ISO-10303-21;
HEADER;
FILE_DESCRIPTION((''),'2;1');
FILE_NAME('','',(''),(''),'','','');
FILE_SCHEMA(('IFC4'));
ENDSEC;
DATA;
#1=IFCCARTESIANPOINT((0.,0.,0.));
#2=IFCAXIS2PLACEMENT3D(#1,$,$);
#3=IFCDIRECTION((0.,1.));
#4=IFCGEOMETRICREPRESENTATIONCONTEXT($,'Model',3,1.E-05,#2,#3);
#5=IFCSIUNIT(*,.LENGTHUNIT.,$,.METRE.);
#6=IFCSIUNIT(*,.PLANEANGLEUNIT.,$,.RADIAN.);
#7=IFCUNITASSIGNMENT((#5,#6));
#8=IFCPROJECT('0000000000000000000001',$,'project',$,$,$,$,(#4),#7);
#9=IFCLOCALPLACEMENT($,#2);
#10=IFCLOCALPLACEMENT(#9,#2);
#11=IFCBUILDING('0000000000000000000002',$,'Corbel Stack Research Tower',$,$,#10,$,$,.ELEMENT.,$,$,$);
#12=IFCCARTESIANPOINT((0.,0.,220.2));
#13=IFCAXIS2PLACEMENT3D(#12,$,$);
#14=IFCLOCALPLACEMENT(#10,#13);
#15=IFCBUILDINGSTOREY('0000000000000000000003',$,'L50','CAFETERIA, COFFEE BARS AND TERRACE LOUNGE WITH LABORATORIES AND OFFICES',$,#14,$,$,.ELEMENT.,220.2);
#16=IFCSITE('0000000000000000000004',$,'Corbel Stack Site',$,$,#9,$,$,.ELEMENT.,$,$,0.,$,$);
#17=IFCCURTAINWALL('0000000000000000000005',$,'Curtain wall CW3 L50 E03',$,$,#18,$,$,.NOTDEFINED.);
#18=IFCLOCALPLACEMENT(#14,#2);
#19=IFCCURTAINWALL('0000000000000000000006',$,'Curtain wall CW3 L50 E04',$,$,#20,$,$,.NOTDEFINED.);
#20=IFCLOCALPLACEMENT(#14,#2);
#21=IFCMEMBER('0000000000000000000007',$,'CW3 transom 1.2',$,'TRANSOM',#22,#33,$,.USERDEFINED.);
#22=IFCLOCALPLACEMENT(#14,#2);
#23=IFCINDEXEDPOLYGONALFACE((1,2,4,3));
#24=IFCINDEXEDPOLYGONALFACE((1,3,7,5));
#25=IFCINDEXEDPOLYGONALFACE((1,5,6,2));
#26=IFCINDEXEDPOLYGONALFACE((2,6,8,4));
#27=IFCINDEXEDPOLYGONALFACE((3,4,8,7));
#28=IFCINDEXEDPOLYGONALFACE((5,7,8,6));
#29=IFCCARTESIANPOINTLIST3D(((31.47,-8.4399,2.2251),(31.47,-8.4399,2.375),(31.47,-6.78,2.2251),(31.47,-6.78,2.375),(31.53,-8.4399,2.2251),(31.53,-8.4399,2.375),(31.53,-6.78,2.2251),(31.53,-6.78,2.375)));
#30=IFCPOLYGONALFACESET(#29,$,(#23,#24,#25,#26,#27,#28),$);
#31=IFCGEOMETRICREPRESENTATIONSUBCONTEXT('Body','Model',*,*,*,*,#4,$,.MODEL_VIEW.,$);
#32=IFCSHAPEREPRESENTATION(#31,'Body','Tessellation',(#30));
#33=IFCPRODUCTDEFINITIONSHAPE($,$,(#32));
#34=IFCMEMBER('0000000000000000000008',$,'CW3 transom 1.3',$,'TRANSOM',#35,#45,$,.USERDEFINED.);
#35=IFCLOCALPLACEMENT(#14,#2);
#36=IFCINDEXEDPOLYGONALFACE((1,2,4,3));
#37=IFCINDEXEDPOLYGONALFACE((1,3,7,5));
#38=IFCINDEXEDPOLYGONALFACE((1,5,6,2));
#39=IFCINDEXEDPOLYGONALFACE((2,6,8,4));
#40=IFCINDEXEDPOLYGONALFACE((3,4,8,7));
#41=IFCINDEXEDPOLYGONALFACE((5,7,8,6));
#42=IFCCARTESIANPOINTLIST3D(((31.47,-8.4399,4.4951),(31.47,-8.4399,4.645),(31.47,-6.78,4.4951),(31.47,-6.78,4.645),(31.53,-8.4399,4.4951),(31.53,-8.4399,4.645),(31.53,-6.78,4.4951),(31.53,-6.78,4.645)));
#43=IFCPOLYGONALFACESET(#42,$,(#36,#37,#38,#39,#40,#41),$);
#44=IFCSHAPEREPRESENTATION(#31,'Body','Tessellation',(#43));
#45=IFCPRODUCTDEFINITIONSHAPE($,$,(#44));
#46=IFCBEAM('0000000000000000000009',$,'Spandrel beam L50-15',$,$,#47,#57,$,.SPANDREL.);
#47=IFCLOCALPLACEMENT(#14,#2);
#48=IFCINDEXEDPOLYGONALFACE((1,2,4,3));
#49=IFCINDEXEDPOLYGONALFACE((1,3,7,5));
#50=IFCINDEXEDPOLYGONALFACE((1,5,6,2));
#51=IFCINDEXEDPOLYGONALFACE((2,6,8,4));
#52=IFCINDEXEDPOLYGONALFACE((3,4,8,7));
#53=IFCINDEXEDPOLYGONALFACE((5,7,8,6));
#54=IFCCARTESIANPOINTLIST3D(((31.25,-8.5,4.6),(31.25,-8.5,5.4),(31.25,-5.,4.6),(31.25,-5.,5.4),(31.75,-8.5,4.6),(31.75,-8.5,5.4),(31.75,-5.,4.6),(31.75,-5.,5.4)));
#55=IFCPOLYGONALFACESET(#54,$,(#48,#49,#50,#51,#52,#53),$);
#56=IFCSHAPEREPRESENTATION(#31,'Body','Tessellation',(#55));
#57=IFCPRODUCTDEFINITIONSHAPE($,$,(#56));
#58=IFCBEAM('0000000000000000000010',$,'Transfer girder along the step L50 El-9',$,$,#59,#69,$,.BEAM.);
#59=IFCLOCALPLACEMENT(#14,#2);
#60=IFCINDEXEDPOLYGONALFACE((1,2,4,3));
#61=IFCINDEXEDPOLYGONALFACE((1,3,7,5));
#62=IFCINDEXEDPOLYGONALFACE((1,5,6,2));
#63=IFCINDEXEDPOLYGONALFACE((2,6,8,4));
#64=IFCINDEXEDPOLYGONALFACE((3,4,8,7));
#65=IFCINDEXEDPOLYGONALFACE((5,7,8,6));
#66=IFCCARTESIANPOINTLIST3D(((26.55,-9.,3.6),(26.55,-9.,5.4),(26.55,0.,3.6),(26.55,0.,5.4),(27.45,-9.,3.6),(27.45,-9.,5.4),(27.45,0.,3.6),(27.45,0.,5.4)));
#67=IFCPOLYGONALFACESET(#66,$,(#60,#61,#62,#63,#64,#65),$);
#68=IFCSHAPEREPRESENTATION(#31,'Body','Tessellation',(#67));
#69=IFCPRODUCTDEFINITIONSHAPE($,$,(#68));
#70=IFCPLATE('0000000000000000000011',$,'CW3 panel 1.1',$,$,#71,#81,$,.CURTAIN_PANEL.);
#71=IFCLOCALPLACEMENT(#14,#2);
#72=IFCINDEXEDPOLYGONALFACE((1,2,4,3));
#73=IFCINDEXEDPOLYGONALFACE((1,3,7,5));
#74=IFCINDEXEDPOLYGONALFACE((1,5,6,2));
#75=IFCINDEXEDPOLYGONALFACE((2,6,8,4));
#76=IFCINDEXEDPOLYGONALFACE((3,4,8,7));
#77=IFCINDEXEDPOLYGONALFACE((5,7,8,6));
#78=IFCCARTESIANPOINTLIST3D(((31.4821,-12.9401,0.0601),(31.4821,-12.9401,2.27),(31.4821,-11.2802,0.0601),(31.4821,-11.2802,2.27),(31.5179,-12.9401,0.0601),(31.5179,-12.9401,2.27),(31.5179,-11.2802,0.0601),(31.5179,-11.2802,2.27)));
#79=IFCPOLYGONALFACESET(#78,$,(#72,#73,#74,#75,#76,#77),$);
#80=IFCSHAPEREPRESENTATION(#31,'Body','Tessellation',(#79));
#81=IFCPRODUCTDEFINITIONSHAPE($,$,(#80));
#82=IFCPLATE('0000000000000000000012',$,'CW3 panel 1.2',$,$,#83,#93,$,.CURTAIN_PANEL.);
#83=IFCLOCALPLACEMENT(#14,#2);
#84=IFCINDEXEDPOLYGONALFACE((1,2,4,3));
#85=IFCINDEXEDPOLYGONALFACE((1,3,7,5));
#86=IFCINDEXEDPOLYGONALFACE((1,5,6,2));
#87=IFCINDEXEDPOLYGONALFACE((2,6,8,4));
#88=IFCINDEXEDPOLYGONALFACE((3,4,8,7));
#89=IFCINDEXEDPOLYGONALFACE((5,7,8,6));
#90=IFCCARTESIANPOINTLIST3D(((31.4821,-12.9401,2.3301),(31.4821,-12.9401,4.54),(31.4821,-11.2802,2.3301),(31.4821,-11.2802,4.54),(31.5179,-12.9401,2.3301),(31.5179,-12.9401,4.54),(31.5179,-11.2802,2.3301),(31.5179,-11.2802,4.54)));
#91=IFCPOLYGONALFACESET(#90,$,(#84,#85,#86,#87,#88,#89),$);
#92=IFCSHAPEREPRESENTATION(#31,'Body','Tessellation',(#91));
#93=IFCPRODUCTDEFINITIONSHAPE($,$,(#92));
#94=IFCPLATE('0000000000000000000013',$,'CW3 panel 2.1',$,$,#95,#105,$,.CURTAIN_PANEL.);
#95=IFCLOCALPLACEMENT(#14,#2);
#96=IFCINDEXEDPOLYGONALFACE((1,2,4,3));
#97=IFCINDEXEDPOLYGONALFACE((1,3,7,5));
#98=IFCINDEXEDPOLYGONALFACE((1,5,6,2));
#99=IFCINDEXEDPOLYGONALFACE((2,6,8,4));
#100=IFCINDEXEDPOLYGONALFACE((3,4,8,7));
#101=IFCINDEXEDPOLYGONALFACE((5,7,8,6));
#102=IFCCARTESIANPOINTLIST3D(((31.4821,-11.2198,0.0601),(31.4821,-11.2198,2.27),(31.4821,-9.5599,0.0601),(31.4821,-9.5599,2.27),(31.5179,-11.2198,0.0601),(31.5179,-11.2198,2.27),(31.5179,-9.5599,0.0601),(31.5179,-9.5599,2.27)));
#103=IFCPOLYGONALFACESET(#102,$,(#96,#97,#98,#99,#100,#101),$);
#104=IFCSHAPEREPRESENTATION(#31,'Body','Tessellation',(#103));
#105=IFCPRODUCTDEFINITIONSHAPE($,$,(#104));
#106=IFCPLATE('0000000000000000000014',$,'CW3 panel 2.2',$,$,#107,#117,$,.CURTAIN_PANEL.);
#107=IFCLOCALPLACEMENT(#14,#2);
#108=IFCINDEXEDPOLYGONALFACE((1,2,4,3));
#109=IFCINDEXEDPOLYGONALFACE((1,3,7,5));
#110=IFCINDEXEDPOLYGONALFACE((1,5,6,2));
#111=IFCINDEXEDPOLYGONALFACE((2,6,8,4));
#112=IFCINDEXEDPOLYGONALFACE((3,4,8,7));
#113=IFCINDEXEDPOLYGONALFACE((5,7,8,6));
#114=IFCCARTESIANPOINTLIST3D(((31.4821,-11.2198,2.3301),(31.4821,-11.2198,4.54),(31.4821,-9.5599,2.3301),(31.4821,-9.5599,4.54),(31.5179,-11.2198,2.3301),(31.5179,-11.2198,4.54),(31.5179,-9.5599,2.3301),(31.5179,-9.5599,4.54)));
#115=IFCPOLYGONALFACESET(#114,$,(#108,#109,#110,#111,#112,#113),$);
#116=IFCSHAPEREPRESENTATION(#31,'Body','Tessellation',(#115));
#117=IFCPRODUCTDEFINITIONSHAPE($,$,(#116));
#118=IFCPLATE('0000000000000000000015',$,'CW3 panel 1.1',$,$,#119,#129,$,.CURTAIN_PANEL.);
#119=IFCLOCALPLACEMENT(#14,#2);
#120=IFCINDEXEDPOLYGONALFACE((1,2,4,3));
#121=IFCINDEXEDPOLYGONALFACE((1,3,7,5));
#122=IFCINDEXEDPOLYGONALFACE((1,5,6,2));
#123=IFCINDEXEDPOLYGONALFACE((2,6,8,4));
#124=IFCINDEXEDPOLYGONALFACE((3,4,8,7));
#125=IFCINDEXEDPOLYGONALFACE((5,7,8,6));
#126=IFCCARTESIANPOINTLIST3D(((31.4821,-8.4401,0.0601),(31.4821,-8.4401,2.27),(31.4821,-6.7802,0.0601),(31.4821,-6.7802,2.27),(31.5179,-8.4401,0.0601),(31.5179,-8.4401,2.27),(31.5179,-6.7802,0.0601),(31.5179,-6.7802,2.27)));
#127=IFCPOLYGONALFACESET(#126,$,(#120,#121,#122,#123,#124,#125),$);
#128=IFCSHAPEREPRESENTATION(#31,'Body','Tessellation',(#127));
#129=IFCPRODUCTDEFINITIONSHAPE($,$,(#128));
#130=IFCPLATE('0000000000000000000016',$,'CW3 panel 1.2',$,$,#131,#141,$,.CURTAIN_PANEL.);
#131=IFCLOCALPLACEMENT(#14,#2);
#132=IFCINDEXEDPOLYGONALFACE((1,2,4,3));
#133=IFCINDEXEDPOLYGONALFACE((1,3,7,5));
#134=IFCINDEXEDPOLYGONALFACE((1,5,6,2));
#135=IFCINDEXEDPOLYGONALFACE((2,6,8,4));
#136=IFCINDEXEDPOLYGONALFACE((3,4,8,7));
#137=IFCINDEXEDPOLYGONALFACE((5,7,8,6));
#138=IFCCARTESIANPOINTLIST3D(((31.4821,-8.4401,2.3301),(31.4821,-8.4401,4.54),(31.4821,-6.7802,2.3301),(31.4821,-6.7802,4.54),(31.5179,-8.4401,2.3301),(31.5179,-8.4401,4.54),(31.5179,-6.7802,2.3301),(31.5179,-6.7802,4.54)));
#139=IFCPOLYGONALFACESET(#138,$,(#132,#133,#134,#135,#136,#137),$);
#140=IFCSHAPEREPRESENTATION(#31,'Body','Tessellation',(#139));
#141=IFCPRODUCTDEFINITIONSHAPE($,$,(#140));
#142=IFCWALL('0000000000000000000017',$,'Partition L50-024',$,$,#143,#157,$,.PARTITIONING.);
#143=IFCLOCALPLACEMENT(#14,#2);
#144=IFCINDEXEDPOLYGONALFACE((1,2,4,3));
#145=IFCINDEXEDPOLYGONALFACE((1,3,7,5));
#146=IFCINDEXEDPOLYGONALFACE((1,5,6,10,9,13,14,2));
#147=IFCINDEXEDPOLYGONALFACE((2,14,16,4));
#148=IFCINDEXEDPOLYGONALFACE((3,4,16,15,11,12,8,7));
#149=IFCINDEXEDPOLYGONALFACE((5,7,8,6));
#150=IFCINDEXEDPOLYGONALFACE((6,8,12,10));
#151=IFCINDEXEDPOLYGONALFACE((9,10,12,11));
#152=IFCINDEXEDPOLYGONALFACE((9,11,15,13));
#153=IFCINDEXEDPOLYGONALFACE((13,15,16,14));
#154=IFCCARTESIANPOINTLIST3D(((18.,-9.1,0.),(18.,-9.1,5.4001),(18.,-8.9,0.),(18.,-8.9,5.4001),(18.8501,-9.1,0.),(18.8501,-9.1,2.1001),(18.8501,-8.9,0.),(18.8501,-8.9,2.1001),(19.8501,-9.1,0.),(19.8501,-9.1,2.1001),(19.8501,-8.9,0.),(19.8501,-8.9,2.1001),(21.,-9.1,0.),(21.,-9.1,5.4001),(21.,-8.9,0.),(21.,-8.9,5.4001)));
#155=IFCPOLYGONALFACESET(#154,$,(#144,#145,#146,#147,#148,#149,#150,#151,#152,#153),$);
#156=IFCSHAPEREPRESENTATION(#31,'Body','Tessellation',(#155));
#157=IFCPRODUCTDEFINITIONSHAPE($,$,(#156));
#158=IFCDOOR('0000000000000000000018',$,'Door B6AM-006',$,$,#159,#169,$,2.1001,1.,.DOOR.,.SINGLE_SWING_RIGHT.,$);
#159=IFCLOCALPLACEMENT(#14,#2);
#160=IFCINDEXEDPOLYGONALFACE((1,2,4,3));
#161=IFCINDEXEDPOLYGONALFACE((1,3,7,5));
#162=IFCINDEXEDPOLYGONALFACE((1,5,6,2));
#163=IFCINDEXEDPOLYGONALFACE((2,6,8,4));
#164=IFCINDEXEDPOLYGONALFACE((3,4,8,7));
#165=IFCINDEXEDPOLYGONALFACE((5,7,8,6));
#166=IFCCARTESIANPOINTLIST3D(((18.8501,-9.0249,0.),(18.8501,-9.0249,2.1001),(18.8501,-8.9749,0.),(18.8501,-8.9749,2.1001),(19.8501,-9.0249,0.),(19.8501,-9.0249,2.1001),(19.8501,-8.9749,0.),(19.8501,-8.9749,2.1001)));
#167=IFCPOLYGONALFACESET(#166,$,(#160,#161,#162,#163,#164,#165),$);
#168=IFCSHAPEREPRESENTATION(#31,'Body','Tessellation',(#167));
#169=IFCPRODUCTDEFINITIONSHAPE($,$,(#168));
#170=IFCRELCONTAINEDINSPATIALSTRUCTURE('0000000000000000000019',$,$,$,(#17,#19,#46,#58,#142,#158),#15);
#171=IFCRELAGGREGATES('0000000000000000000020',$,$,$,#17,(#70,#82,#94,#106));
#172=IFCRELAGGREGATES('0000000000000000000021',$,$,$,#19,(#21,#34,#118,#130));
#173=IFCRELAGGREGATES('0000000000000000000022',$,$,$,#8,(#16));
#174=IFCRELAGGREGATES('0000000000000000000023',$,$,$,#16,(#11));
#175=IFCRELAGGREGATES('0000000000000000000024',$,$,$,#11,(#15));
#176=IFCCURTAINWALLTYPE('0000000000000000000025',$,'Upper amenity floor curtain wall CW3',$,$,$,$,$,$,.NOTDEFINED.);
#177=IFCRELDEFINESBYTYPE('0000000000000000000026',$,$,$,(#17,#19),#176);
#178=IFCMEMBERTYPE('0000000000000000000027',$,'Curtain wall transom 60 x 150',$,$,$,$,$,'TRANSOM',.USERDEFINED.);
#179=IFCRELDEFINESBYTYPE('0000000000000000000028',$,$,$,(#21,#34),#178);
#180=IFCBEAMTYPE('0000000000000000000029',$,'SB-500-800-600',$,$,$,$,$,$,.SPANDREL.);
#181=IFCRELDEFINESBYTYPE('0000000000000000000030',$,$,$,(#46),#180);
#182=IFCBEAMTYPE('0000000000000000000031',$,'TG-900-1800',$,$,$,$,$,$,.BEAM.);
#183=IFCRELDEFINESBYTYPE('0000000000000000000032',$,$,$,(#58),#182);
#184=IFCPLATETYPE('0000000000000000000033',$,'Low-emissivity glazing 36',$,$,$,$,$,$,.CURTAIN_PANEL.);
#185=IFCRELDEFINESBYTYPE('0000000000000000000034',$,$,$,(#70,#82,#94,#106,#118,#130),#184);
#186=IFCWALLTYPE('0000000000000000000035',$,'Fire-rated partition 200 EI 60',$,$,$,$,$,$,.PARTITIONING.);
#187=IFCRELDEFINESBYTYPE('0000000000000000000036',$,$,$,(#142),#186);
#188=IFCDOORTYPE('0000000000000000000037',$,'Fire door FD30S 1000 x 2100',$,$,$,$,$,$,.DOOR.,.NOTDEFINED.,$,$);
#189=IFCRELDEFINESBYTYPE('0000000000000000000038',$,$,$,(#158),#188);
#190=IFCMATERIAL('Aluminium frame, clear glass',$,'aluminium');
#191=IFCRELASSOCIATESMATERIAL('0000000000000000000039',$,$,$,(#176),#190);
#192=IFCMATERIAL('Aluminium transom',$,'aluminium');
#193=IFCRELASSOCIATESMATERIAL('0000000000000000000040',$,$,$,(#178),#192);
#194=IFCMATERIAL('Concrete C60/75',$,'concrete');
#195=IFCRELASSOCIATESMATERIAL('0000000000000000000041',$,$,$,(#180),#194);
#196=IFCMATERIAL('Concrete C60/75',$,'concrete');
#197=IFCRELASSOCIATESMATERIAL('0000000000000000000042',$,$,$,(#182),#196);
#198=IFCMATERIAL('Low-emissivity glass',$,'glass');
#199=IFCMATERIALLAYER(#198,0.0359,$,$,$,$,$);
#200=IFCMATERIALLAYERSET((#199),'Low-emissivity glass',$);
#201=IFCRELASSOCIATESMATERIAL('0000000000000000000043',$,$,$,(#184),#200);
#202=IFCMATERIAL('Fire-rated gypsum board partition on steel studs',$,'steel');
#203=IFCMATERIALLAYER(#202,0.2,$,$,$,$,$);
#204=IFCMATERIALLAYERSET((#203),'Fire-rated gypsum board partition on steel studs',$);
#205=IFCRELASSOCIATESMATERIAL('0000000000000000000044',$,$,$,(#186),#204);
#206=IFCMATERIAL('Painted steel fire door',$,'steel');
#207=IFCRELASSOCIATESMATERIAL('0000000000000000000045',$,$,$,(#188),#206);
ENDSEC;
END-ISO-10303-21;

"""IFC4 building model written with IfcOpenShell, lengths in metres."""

from ifc_helpers import new_model, si_unit, direction, frame, frame_2d, origin, origin_2d, place, context, subcontext, project, spatial, rectangle, extrude, material, layer, layer_set, material_profile, profile_set, type_object, element, fill, aggregate, save


model = new_model("IFC4")

# Units and contexts
model_context = context("Model", 3, precision=1e-05, world=origin(), true_north=direction((0.0, 1.0)))
body_context = subcontext(model_context, "Body", "Model", "MODEL_VIEW")
ifc_project = project(units=[si_unit("LENGTHUNIT", "METRE"), si_unit("PLANEANGLEUNIT", "RADIAN")], contexts=[model_context])

# Site, building, storey
site_placement = place(None, origin())
site = spatial("IfcSite", under=ifc_project, at=site_placement, Name="Corbel Stack Site", CompositionType="ELEMENT", RefElevation=0.0)
building_placement = place(site_placement, origin())
building = spatial("IfcBuilding", under=site, at=building_placement, Name="Corbel Stack Research Tower", CompositionType="ELEMENT")
storey_placement = place(building_placement, frame((0.0, 0.0, 220.2)))
storey = spatial("IfcBuildingStorey", under=building, at=storey_placement, Name="L50", Description="CAFETERIA, COFFEE BARS AND TERRACE LOUNGE WITH LABORATORIES AND OFFICES", CompositionType="ELEMENT", Elevation=220.2)

# Curtain wall
ifc_material_1 = material(Name="Aluminium frame, clear glass", Category="aluminium")
curtain_wall_type = type_object("IfcCurtainWallType", Name="Upper amenity floor curtain wall CW3", PredefinedType="NOTDEFINED", material=ifc_material_1)
curtain_wall_1_placement = place(storey_placement, origin())
curtain_wall_1 = element("IfcCurtainWall", 1, at=curtain_wall_1_placement, inside=storey, type_object=curtain_wall_type, Name="Curtain wall CW3 L50 E03", PredefinedType="NOTDEFINED")

# Curtain wall
curtain_wall_2_placement = place(storey_placement, origin())
curtain_wall_2 = element("IfcCurtainWall", 2, at=curtain_wall_2_placement, inside=storey, type_object=curtain_wall_type, Name="Curtain wall CW3 L50 E04", PredefinedType="NOTDEFINED")

# Members
ifc_material_2 = material(Name="Aluminium transom", Category="aluminium")
ifc_material_profile_1 = material_profile(ifc_material_2, rectangle(XDim=0.0601, YDim=0.1499, at=origin_2d()), Name="Transom 60 x 150")
ifc_profile_set_1 = profile_set([ifc_material_profile_1], Name="Aluminium transom")
member_type_1 = type_object("IfcMemberType", Name="Curtain wall transom 60 x 150", ElementType="TRANSOM", PredefinedType="USERDEFINED", material=ifc_profile_set_1)
member_1_placement = place(storey_placement, frame((31.5, -8.4399, 2.3), z_axis=(0.0, 1.0, 0.0), x_axis=(-1.0, 0.0, 0.0)))
member_1 = element("IfcMember", 3, at=member_1_placement, type_object=member_type_1, Name="CW3 transom 1.2", ObjectType="TRANSOM", PredefinedType="USERDEFINED", context=body_context, shape_type="SweptSolid", body=[
    extrude(rectangle(XDim=0.0601, YDim=0.1499, at=origin_2d()), origin(), (0.0, 0.0, 1.0), 1.6599),
])
member_2_placement = place(storey_placement, frame((31.5, -8.4399, 4.5701), z_axis=(0.0, 1.0, 0.0), x_axis=(-1.0, 0.0, 0.0)))
member_2 = element("IfcMember", 4, at=member_2_placement, type_object=member_type_1, Name="CW3 transom 1.3", ObjectType="TRANSOM", PredefinedType="USERDEFINED", context=body_context, shape_type="SweptSolid", body=[
    extrude(rectangle(XDim=0.0601, YDim=0.1499, at=origin_2d()), origin(), (0.0, 0.0, 1.0), 1.6599),
])

# Beams
ifc_material_3 = material(Name="Concrete C60/75", Category="concrete")
ifc_material_profile_2 = material_profile(ifc_material_3, rectangle(XDim=0.5, YDim=0.8, at=origin_2d()), Name="RC 500 x 800")
ifc_profile_set_2 = profile_set([ifc_material_profile_2], Name="Concrete C60/75")
beam_type_1 = type_object("IfcBeamType", Name="SB-500-800-600", PredefinedType="SPANDREL", material=ifc_profile_set_2)
beam_1_placement = place(storey_placement, frame((31.5, -8.5, 5.0), z_axis=(0.0, 1.0, 0.0), x_axis=(-1.0, 0.0, 0.0)))
element("IfcBeam", 5, at=beam_1_placement, inside=storey, type_object=beam_type_1, Name="Spandrel beam L50-15", PredefinedType="SPANDREL", context=body_context, shape_type="SweptSolid", body=[
    extrude(rectangle(XDim=0.5, YDim=0.8, at=origin_2d()), origin(), (0.0, 0.0, 1.0), 3.5),
])
ifc_material_4 = material(Name="Concrete C60/75", Category="concrete")
ifc_material_profile_3 = material_profile(ifc_material_4, rectangle(XDim=0.8999, YDim=1.8, at=origin_2d()), Name="RC 900 x 1800")
ifc_profile_set_3 = profile_set([ifc_material_profile_3], Name="Concrete C60/75")
beam_type_2 = type_object("IfcBeamType", Name="TG-900-1800", PredefinedType="BEAM", material=ifc_profile_set_3)
beam_2_placement = place(storey_placement, frame((27.0, -9.0, 4.5), z_axis=(0.0, 1.0, 0.0), x_axis=(-1.0, 0.0, 0.0)))
element("IfcBeam", 6, at=beam_2_placement, inside=storey, type_object=beam_type_2, Name="Transfer girder along the step L50 El-9", PredefinedType="BEAM", context=body_context, shape_type="SweptSolid", body=[
    extrude(rectangle(XDim=0.8999, YDim=1.8, at=origin_2d()), origin(), (0.0, 0.0, 1.0), 9.0),
])

# Plates
ifc_material_5 = material(Name="Low-emissivity glass", Category="glass")
ifc_layer_1 = layer(ifc_material_5, 0.0359)
ifc_layer_set_1 = layer_set([ifc_layer_1], Name="Low-emissivity glass")
plate_type = type_object("IfcPlateType", Name="Low-emissivity glazing 36", PredefinedType="CURTAIN_PANEL", material=ifc_layer_set_1)
plate_1_placement = place(storey_placement, frame((31.5, -12.1101, 0.0601), z_axis=(0.0, 0.0, 1.0), x_axis=(0.0, 1.0, 0.0)))
plate_1 = element("IfcPlate", 7, at=plate_1_placement, type_object=plate_type, Name="CW3 panel 1.1", PredefinedType="CURTAIN_PANEL", context=body_context, shape_type="SweptSolid", body=[
    extrude(rectangle(XDim=1.6599, YDim=0.0359, at=origin_2d()), origin(), (0.0, 0.0, 1.0), 2.21),
])
plate_2_placement = place(storey_placement, frame((31.5, -12.1101, 2.3301), z_axis=(0.0, 0.0, 1.0), x_axis=(0.0, 1.0, 0.0)))
plate_2 = element("IfcPlate", 8, at=plate_2_placement, type_object=plate_type, Name="CW3 panel 1.2", PredefinedType="CURTAIN_PANEL", context=body_context, shape_type="SweptSolid", body=[
    extrude(rectangle(XDim=1.6599, YDim=0.0359, at=origin_2d()), origin(), (0.0, 0.0, 1.0), 2.21),
])
plate_3_placement = place(storey_placement, frame((31.5, -10.3899, 0.0601), z_axis=(0.0, 0.0, 1.0), x_axis=(0.0, 1.0, 0.0)))
plate_3 = element("IfcPlate", 9, at=plate_3_placement, type_object=plate_type, Name="CW3 panel 2.1", PredefinedType="CURTAIN_PANEL", context=body_context, shape_type="SweptSolid", body=[
    extrude(rectangle(XDim=1.6599, YDim=0.0359, at=origin_2d()), origin(), (0.0, 0.0, 1.0), 2.21),
])
plate_4_placement = place(storey_placement, frame((31.5, -10.3899, 2.3301), z_axis=(0.0, 0.0, 1.0), x_axis=(0.0, 1.0, 0.0)))
plate_4 = element("IfcPlate", 10, at=plate_4_placement, type_object=plate_type, Name="CW3 panel 2.2", PredefinedType="CURTAIN_PANEL", context=body_context, shape_type="SweptSolid", body=[
    extrude(rectangle(XDim=1.6599, YDim=0.0359, at=origin_2d()), origin(), (0.0, 0.0, 1.0), 2.21),
])
aggregate(curtain_wall_1, [plate_1, plate_2, plate_3, plate_4])
plate_5_placement = place(storey_placement, frame((31.5, -7.6101, 0.0601), z_axis=(0.0, 0.0, 1.0), x_axis=(0.0, 1.0, 0.0)))
plate_5 = element("IfcPlate", 11, at=plate_5_placement, type_object=plate_type, Name="CW3 panel 1.1", PredefinedType="CURTAIN_PANEL", context=body_context, shape_type="SweptSolid", body=[
    extrude(rectangle(XDim=1.6599, YDim=0.0359, at=origin_2d()), origin(), (0.0, 0.0, 1.0), 2.21),
])
plate_6_placement = place(storey_placement, frame((31.5, -7.6101, 2.3301), z_axis=(0.0, 0.0, 1.0), x_axis=(0.0, 1.0, 0.0)))
plate_6 = element("IfcPlate", 12, at=plate_6_placement, type_object=plate_type, Name="CW3 panel 1.2", PredefinedType="CURTAIN_PANEL", context=body_context, shape_type="SweptSolid", body=[
    extrude(rectangle(XDim=1.6599, YDim=0.0359, at=origin_2d()), origin(), (0.0, 0.0, 1.0), 2.21),
])
aggregate(curtain_wall_2, [member_1, member_2, plate_5, plate_6])

# Wall, opening, door
ifc_material_6 = material(Name="Fire-rated gypsum board partition on steel studs", Category="steel")
ifc_layer_2 = layer(ifc_material_6, 0.2)
ifc_layer_set_2 = layer_set([ifc_layer_2], Name="Fire-rated gypsum board partition on steel studs")
wall_type = type_object("IfcWallType", Name="Fire-rated partition 200 EI 60", PredefinedType="PARTITIONING", material=ifc_layer_set_2)
wall_placement = place(storey_placement, frame((21.0, -9.0, 0.0), z_axis=(0.0, 0.0, 1.0), x_axis=(-1.0, 0.0, 0.0)))
wall = element("IfcWall", 13, at=wall_placement, inside=storey, type_object=wall_type, Name="Partition L50-024", PredefinedType="PARTITIONING", context=body_context, shape_type="SweptSolid", body=[
    extrude(rectangle(XDim=3.0, YDim=0.2, at=frame_2d((1.5, 0.0))), origin(), (0.0, 0.0, 1.0), 5.4001),
])
opening_placement = place(wall_placement, frame((1.1499, 0.0, 0.0)))
opening = element("IfcOpeningElement", 14, at=opening_placement, cuts=wall, PredefinedType="OPENING", context=body_context, shape_type="SweptSolid", body=[
    extrude(rectangle(XDim=1.0, YDim=2.1001, at=frame_2d((0.5, 1.05))), frame((0.0, 0.1099, 0.0), z_axis=(0.0, -1.0, 0.0), x_axis=(1.0, 0.0, 0.0)), (0.0, 0.0, 1.0), 0.22),
])
ifc_material_7 = material(Name="Painted steel fire door", Category="steel")
door_type = type_object("IfcDoorType", Name="Fire door FD30S 1000 x 2100", OperationType="NOTDEFINED", PredefinedType="DOOR", material=ifc_material_7)
door_placement = place(opening_placement, origin())
door = element("IfcDoor", 15, at=door_placement, inside=storey, type_object=door_type, Name="Door B6AM-006", OperationType="SINGLE_SWING_RIGHT", OverallHeight=2.1001, OverallWidth=1.0, PredefinedType="DOOR", context=body_context, shape_type="SweptSolid", body=[
    extrude(rectangle(XDim=1.0, YDim=2.1001, at=frame_2d((0.5, 1.05))), frame((0.0, 0.0249, 0.0), z_axis=(0.0, -1.0, 0.0), x_axis=(1.0, 0.0, 0.0)), (0.0, 0.0, 1.0), 0.05),
])
fill(opening, door)

save(model, "model.ifc")
